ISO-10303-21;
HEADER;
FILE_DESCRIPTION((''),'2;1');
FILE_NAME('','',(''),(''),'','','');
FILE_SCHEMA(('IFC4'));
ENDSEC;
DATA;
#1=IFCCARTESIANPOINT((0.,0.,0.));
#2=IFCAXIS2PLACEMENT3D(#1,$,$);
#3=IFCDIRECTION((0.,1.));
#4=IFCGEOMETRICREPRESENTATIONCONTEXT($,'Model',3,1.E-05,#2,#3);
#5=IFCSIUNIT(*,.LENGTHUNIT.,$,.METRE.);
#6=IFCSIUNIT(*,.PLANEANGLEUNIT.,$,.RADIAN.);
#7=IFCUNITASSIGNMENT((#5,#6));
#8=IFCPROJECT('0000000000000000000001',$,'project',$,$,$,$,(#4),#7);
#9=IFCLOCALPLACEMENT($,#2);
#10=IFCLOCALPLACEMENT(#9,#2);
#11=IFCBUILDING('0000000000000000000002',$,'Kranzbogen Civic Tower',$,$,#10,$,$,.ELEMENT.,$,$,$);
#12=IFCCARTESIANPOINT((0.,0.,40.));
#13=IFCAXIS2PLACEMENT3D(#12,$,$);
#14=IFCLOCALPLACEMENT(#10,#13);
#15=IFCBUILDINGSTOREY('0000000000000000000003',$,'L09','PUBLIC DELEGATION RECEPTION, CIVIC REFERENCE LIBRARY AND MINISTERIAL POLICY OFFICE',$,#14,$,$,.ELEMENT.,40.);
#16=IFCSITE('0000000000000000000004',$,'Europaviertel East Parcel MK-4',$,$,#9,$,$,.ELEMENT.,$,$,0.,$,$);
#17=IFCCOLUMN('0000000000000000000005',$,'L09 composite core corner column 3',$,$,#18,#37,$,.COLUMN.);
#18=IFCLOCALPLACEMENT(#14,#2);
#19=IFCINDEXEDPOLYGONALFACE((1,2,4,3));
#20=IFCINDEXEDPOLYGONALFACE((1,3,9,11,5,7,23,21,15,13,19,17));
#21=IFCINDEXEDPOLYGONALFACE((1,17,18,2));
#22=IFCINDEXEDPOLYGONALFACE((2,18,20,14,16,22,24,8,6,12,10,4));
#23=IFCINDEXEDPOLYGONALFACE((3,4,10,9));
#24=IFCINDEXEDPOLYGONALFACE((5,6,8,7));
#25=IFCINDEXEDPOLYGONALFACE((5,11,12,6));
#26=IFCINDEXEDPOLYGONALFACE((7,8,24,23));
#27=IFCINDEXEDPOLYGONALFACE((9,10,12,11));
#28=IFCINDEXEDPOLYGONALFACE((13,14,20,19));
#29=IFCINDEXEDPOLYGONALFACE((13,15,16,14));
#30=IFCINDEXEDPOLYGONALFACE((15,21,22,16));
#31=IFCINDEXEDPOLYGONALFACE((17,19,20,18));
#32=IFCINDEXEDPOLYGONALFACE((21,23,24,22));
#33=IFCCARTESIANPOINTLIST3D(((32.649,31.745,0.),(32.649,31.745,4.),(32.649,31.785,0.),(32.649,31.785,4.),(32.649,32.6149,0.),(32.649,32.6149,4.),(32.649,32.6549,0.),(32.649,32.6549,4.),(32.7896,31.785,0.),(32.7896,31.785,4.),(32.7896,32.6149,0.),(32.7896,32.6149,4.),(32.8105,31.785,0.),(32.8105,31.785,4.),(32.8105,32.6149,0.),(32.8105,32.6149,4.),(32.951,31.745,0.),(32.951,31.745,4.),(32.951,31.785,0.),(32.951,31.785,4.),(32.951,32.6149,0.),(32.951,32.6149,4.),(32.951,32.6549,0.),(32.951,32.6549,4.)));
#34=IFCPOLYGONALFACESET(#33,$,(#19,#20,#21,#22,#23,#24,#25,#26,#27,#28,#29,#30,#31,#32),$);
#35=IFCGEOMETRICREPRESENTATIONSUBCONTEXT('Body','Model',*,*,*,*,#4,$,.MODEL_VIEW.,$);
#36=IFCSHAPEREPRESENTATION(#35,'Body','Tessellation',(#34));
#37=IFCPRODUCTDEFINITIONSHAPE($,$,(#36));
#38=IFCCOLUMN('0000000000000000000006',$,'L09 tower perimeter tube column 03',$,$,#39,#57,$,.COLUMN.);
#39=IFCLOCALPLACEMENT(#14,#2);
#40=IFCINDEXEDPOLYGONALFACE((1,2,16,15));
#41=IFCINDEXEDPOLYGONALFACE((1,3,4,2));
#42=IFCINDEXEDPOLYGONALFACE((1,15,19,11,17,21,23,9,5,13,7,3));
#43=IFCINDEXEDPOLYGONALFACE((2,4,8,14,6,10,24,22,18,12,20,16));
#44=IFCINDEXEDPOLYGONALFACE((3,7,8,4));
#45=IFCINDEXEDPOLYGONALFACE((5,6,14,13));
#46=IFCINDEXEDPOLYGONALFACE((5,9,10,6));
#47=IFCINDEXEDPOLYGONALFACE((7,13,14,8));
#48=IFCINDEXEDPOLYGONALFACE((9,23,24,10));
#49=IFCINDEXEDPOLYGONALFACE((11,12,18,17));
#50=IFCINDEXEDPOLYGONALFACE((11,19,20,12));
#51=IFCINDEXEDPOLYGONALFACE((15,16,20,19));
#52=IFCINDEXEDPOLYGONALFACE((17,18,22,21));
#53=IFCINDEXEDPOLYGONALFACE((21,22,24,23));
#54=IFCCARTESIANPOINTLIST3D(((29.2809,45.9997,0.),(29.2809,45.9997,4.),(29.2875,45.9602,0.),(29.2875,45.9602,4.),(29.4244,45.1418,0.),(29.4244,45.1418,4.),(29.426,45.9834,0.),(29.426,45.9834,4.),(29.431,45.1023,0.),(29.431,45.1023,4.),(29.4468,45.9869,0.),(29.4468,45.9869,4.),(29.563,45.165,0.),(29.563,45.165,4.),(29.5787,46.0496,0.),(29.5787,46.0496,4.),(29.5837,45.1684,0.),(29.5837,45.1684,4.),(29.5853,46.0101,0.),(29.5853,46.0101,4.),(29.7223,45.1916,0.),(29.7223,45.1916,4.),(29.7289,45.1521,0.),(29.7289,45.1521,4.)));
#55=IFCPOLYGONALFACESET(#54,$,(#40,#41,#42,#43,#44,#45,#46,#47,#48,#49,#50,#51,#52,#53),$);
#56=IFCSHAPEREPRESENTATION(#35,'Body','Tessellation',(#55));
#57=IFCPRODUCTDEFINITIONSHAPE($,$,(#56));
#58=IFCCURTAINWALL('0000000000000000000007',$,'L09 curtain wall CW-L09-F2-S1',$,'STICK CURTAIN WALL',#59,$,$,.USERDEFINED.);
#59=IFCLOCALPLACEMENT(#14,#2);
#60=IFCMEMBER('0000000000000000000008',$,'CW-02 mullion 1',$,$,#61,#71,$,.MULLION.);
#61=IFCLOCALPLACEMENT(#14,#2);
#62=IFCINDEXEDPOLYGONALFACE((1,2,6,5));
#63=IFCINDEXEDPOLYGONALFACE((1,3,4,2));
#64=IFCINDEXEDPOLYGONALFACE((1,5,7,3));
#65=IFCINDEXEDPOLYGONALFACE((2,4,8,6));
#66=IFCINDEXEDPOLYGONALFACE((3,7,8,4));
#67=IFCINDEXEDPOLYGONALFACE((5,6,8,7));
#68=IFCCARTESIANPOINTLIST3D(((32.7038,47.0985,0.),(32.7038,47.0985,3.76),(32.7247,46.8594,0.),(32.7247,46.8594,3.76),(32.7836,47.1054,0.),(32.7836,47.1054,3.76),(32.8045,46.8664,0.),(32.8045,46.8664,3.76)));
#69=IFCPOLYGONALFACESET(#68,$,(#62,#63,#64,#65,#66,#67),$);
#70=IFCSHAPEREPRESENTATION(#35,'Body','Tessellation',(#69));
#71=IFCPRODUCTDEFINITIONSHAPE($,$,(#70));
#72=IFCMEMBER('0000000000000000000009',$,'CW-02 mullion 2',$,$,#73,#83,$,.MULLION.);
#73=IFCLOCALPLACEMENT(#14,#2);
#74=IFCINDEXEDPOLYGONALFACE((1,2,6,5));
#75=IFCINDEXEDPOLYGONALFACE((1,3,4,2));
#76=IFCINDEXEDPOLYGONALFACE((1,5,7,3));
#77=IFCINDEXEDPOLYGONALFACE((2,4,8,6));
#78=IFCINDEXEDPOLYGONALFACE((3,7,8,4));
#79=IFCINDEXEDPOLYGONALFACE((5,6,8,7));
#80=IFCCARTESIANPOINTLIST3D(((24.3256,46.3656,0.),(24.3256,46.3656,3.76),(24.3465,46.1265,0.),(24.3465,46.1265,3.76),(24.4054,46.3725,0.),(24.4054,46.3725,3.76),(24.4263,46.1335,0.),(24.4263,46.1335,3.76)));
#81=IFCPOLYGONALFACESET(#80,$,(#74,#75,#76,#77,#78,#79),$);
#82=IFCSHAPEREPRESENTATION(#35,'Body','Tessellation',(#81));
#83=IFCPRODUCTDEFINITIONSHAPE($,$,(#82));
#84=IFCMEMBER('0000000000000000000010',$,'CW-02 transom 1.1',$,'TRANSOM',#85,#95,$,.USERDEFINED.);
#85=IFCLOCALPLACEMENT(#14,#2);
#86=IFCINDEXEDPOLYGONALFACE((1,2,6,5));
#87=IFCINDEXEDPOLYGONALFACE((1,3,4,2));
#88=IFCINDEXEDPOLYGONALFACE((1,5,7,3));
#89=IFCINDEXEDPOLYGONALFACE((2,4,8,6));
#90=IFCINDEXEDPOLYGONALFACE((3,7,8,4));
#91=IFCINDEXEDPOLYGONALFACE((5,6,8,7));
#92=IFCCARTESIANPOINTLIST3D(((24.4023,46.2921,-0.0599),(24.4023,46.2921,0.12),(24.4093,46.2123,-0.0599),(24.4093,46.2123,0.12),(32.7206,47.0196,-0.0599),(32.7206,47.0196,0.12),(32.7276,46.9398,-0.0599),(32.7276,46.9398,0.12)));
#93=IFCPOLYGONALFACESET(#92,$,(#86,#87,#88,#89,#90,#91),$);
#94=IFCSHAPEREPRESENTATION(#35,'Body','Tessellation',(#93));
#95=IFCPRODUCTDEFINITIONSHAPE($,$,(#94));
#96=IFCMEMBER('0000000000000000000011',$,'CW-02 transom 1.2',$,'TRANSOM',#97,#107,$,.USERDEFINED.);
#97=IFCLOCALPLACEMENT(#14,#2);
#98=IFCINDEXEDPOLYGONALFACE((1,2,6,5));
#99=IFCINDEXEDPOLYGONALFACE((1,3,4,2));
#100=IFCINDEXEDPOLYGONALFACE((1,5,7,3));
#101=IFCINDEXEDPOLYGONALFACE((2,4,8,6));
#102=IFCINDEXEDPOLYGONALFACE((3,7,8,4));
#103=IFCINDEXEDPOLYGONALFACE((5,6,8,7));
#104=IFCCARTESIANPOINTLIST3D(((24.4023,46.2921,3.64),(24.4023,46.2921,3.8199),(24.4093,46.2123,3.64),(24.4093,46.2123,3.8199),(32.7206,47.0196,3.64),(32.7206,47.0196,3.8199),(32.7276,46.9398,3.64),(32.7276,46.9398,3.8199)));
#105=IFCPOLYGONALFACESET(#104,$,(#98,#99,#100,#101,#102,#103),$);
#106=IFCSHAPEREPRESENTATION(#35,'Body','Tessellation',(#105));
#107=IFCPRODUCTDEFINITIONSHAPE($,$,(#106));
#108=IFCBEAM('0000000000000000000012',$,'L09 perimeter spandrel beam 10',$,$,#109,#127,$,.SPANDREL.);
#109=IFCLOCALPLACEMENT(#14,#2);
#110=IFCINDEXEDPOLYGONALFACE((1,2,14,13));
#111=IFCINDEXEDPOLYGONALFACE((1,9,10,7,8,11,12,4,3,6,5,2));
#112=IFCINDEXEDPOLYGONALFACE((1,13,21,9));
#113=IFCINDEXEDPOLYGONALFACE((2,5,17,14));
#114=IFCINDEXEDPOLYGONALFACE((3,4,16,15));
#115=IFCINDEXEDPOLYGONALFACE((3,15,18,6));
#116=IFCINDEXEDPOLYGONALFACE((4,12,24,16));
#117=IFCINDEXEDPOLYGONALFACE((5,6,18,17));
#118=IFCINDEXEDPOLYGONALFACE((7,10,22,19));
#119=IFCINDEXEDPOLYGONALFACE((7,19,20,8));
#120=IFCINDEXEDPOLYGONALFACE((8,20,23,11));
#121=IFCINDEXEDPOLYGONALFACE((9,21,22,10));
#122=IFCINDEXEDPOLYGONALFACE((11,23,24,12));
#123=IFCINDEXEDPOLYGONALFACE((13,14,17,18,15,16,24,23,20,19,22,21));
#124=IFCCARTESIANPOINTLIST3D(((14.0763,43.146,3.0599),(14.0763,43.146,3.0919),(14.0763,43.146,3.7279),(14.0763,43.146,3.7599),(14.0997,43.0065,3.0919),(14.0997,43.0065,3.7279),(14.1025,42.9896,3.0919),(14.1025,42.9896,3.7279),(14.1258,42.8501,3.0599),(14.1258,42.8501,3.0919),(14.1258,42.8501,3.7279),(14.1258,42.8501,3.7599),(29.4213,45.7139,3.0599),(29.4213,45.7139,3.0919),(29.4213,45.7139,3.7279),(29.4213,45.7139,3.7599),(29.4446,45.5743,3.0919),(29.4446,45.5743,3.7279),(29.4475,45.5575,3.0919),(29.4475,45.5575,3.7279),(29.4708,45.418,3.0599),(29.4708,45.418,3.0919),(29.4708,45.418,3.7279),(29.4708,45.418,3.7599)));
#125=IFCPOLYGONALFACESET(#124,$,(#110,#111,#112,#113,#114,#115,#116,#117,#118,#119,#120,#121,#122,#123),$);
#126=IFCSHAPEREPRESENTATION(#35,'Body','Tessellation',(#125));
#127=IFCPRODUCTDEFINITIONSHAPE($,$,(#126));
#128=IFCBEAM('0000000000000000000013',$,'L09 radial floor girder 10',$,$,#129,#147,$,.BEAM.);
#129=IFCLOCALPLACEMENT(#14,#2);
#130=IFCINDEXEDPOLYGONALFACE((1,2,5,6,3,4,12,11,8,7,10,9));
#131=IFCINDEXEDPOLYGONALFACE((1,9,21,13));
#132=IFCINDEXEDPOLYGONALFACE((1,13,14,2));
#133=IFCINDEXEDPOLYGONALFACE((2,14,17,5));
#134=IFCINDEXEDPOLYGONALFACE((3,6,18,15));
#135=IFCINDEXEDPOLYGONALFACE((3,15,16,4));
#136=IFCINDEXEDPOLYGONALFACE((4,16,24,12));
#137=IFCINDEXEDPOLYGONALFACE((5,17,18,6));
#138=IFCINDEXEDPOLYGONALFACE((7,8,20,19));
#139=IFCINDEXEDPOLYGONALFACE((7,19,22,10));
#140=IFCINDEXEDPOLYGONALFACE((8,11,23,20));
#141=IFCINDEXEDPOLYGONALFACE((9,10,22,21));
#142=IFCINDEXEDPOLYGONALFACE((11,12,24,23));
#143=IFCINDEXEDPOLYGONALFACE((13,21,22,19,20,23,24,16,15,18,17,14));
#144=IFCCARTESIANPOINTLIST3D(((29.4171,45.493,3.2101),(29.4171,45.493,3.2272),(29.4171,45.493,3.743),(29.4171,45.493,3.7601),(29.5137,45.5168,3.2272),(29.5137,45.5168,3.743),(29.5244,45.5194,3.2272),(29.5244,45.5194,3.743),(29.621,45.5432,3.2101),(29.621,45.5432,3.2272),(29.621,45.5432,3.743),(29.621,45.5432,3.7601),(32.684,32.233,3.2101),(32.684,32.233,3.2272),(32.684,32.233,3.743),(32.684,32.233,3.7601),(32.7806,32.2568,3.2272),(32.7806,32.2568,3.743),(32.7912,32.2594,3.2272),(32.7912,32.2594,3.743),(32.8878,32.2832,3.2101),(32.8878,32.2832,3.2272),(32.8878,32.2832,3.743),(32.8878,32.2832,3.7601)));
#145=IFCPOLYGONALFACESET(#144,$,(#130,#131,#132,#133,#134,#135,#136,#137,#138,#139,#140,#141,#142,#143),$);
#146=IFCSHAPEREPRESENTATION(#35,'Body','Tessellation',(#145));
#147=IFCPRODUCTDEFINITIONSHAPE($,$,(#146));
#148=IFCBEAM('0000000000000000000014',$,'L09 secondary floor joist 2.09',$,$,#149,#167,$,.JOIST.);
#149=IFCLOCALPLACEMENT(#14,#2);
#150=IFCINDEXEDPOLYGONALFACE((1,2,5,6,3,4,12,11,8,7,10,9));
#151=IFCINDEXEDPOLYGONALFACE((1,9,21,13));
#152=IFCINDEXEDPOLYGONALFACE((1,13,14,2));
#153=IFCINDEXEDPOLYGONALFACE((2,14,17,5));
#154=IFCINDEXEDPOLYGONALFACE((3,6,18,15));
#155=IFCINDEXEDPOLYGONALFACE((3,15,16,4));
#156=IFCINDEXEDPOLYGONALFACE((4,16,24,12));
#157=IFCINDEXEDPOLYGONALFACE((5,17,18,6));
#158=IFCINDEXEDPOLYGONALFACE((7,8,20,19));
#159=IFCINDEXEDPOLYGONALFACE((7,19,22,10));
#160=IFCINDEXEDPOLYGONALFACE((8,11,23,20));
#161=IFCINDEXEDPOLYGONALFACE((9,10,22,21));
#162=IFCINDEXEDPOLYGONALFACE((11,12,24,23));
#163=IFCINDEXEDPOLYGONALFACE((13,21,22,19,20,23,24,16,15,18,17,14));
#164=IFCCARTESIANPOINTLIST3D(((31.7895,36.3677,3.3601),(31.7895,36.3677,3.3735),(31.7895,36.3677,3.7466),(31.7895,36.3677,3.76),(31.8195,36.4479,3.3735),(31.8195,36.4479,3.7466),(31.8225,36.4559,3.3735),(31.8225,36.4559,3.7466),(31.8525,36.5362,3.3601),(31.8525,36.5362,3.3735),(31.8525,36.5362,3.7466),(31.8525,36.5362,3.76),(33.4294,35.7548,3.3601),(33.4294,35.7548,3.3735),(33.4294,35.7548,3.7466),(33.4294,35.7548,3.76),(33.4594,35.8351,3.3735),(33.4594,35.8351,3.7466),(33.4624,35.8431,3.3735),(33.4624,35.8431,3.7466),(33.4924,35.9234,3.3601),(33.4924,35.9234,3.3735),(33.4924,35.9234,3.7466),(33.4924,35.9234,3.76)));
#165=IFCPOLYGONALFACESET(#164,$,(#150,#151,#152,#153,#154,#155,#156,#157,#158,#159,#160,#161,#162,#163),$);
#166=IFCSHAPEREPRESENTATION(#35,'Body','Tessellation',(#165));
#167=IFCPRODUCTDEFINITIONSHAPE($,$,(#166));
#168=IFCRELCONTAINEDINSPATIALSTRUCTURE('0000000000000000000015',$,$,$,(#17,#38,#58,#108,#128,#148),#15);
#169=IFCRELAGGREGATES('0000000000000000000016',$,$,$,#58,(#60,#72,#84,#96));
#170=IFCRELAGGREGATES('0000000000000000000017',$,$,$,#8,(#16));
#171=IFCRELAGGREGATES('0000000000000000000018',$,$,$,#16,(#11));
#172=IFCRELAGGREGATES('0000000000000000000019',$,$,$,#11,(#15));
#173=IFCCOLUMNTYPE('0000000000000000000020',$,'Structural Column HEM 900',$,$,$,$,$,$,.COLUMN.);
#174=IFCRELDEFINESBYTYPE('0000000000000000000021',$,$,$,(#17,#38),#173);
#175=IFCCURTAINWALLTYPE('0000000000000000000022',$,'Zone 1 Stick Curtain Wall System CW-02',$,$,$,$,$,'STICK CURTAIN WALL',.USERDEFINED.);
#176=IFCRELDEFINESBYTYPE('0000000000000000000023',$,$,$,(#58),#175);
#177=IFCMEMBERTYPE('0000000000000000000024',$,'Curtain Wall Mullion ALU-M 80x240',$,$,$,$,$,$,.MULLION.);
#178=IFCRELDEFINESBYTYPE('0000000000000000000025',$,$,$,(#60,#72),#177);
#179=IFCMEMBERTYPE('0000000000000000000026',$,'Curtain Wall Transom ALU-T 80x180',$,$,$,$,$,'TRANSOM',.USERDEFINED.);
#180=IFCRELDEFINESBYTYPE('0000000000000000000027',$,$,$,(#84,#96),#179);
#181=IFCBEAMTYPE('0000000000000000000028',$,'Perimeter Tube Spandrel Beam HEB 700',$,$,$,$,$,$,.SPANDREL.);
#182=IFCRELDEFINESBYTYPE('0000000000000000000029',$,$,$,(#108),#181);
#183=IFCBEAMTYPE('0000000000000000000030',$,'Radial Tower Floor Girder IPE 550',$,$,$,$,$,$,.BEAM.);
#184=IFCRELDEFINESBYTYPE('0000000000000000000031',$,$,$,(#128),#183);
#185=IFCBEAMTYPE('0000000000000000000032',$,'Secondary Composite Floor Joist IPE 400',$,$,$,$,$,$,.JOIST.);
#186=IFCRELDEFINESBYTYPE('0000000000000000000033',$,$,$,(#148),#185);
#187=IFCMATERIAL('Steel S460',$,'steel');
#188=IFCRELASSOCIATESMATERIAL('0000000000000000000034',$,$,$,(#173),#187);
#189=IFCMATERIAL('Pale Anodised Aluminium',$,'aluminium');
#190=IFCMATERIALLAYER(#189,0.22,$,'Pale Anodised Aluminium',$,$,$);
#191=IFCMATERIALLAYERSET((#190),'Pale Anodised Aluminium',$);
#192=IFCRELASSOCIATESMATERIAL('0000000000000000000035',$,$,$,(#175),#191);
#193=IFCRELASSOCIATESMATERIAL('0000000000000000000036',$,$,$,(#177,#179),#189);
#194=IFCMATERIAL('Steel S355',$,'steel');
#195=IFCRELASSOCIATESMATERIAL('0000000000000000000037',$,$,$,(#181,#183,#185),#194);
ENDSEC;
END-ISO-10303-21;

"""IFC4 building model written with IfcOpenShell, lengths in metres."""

from ifc_helpers import new_model, si_unit, direction, frame, origin, origin_2d, place, context, subcontext, project, spatial, rectangle, i_section, extrude, material, layer, layer_set, material_profile, profile_set, type_object, element, aggregate, save


model = new_model("IFC4")

# Units and contexts
model_context = context("Model", 3, precision=1e-05, world=origin(), true_north=direction((0.0, 1.0)))
body_context = subcontext(model_context, "Body", "Model", "MODEL_VIEW")
ifc_project = project(units=[si_unit("LENGTHUNIT", "METRE"), si_unit("PLANEANGLEUNIT", "RADIAN")], contexts=[model_context])

# Site, building, storey
site_placement = place(None, origin())
site = spatial("IfcSite", under=ifc_project, at=site_placement, Name="Europaviertel East Parcel MK-4", CompositionType="ELEMENT", RefElevation=0.0)
building_placement = place(site_placement, origin())
building = spatial("IfcBuilding", under=site, at=building_placement, Name="Kranzbogen Civic Tower", CompositionType="ELEMENT")
storey_placement = place(building_placement, frame((0.0, 0.0, 40.0)))
storey = spatial("IfcBuildingStorey", under=building, at=storey_placement, Name="L09", Description="PUBLIC DELEGATION RECEPTION, CIVIC REFERENCE LIBRARY AND MINISTERIAL POLICY OFFICE", CompositionType="ELEMENT", Elevation=40.0)

# Columns
ifc_material_1 = material(Name="Steel S460", Category="steel")
ifc_material_profile_1 = material_profile(ifc_material_1, i_section(OverallWidth=0.302, OverallDepth=0.9099, WebThickness=0.021, FlangeThickness=0.04, at=origin_2d()), Name="HEM 900")
ifc_profile_set_1 = profile_set([ifc_material_profile_1], Name="Steel S460")
column_type = type_object("IfcColumnType", Name="Structural Column HEM 900", PredefinedType="COLUMN", material=ifc_profile_set_1)
for number, where, z_axis, x_axis, name in (
    (1, (32.8, 32.2, 0.0), (0.0, 0.0, 1.0), (1.0, 0.0, 0.0), "L09 composite core corner column 3"),
    (2, (29.5049, 45.5759, 0.0), (0.0, 0.0, 1.0), (0.986286, 0.165048, 0.0), "L09 tower perimeter tube column 03"),
):
    element("IfcColumn", number, at=place(storey_placement, frame(where, z_axis=z_axis, x_axis=x_axis)), inside=storey, type_object=column_type, Name=name, PredefinedType="COLUMN", context=body_context, shape_type="SweptSolid", body=[
        extrude(i_section(OverallWidth=0.302, OverallDepth=0.9099, WebThickness=0.021, FlangeThickness=0.04, at=origin_2d()), origin(), (0.0, 0.0, 1.0), 4.0),
    ])

# Curtain wall, members
ifc_material_2 = material(Name="Pale Anodised Aluminium", Category="aluminium")
ifc_layer_1 = layer(ifc_material_2, 0.22, Name="Pale Anodised Aluminium")
ifc_layer_set_1 = layer_set([ifc_layer_1], Name="Pale Anodised Aluminium")
curtain_wall_type = type_object("IfcCurtainWallType", Name="Zone 1 Stick Curtain Wall System CW-02", ElementType="STICK CURTAIN WALL", PredefinedType="USERDEFINED", material=ifc_layer_set_1)
curtain_wall_placement = place(storey_placement, origin())
curtain_wall = element("IfcCurtainWall", 3, at=curtain_wall_placement, inside=storey, type_object=curtain_wall_type, Name="L09 curtain wall CW-L09-F2-S1", ObjectType="STICK CURTAIN WALL", PredefinedType="USERDEFINED")
ifc_material_profile_2 = material_profile(ifc_material_2, rectangle(XDim=0.0801, YDim=0.24, at=origin_2d()), Name="ALU-M 80x240")
ifc_profile_set_2 = profile_set([ifc_material_profile_2], Name="Pale Anodised Aluminium")
member_type_1 = type_object("IfcMemberType", Name="Curtain Wall Mullion ALU-M 80x240", PredefinedType="MULLION", material=ifc_profile_set_2)
member_1_placement = place(storey_placement, frame((32.7542, 46.9824, 0.0), z_axis=(0.0, 0.0, 1.0), x_axis=(-0.996197, -0.087129, 0.0)))
member_1 = element("IfcMember", 4, at=member_1_placement, type_object=member_type_1, Name="CW-02 mullion 1", PredefinedType="MULLION", context=body_context, shape_type="SweptSolid", body=[
    extrude(rectangle(XDim=0.0801, YDim=0.24, at=origin_2d()), origin(), (0.0, 0.0, 1.0), 3.76),
])
member_2_placement = place(storey_placement, frame((24.376, 46.2495, 0.0), z_axis=(0.0, 0.0, 1.0), x_axis=(-0.996197, -0.087129, 0.0)))
member_2 = element("IfcMember", 5, at=member_2_placement, type_object=member_type_1, Name="CW-02 mullion 2", PredefinedType="MULLION", context=body_context, shape_type="SweptSolid", body=[
    extrude(rectangle(XDim=0.0801, YDim=0.24, at=origin_2d()), origin(), (0.0, 0.0, 1.0), 3.76),
])
ifc_material_profile_3 = material_profile(ifc_material_2, rectangle(XDim=0.0801, YDim=0.1799, at=origin_2d()), Name="ALU-T 80x180")
ifc_profile_set_3 = profile_set([ifc_material_profile_3], Name="Pale Anodised Aluminium")
member_type_2 = type_object("IfcMemberType", Name="Curtain Wall Transom ALU-T 80x180", ElementType="TRANSOM", PredefinedType="USERDEFINED", material=ifc_profile_set_3)
member_3_placement = place(storey_placement, frame((32.7241, 46.9797, 0.03), z_axis=(-0.996197, -0.087129, 0.0), x_axis=(0.087129, -0.996197, 0.0)))
member_3 = element("IfcMember", 6, at=member_3_placement, type_object=member_type_2, Name="CW-02 transom 1.1", ObjectType="TRANSOM", PredefinedType="USERDEFINED", context=body_context, shape_type="SweptSolid", body=[
    extrude(rectangle(XDim=0.0801, YDim=0.1799, at=origin_2d()), origin(), (0.0, 0.0, 1.0), 8.3501),
])
member_4_placement = place(storey_placement, frame((32.7241, 46.9797, 3.73), z_axis=(-0.996197, -0.087129, 0.0), x_axis=(0.087129, -0.996197, 0.0)))
member_4 = element("IfcMember", 7, at=member_4_placement, type_object=member_type_2, Name="CW-02 transom 1.2", ObjectType="TRANSOM", PredefinedType="USERDEFINED", context=body_context, shape_type="SweptSolid", body=[
    extrude(rectangle(XDim=0.0801, YDim=0.1799, at=origin_2d()), origin(), (0.0, 0.0, 1.0), 8.3501),
])

# Beams
ifc_material_3 = material(Name="Steel S355", Category="steel")
ifc_material_profile_4 = material_profile(ifc_material_3, i_section(OverallWidth=0.3, OverallDepth=0.7, WebThickness=0.0171, FlangeThickness=0.032, at=origin_2d()), Name="HEB 700")
ifc_profile_set_4 = profile_set([ifc_material_profile_4], Name="Steel S355")
beam_type_1 = type_object("IfcBeamType", Name="Perimeter Tube Spandrel Beam HEB 700", PredefinedType="SPANDREL", material=ifc_profile_set_4)
beam_1_placement = place(storey_placement, frame((29.446, 45.5659, 3.4099), z_axis=(-0.986286, -0.165048, 0.0), x_axis=(0.165048, -0.986286, 0.0)))
element("IfcBeam", 8, at=beam_1_placement, inside=storey, type_object=beam_type_1, Name="L09 perimeter spandrel beam 10", PredefinedType="SPANDREL", context=body_context, shape_type="SweptSolid", body=[
    extrude(i_section(OverallWidth=0.3, OverallDepth=0.7, WebThickness=0.0171, FlangeThickness=0.032, at=origin_2d()), origin(), (0.0, 0.0, 1.0), 15.5583),
])
ifc_material_profile_5 = material_profile(ifc_material_3, i_section(OverallWidth=0.21, OverallDepth=0.55, WebThickness=0.011, FlangeThickness=0.0171, at=origin_2d()), Name="IPE 550")
ifc_profile_set_5 = profile_set([ifc_material_profile_5], Name="Steel S355")
beam_type_2 = type_object("IfcBeamType", Name="Radial Tower Floor Girder IPE 550", PredefinedType="BEAM", material=ifc_profile_set_5)
beam_2_placement = place(storey_placement, frame((29.519, 45.5181, 3.4851), z_axis=(0.239215, -0.970967, 0.0), x_axis=(0.970967, 0.239215, 0.0)))
element("IfcBeam", 9, at=beam_2_placement, inside=storey, type_object=beam_type_2, Name="L09 radial floor girder 10", PredefinedType="BEAM", context=body_context, shape_type="SweptSolid", body=[
    extrude(i_section(OverallWidth=0.21, OverallDepth=0.55, WebThickness=0.011, FlangeThickness=0.0171, at=origin_2d()), origin(), (0.0, 0.0, 1.0), 13.6565),
])
ifc_material_profile_6 = material_profile(ifc_material_3, i_section(OverallWidth=0.1799, OverallDepth=0.3999, WebThickness=0.0085, FlangeThickness=0.0134, at=origin_2d()), Name="IPE 400")
ifc_profile_set_6 = profile_set([ifc_material_profile_6], Name="Steel S355")
beam_type_3 = type_object("IfcBeamType", Name="Secondary Composite Floor Joist IPE 400", PredefinedType="JOIST", material=ifc_profile_set_6)
beam_3_placement = place(storey_placement, frame((33.4609, 35.8391, 3.5601), z_axis=(-0.936735, 0.350038, 0.0), x_axis=(-0.350038, -0.936735, 0.0)))
element("IfcBeam", 10, at=beam_3_placement, inside=storey, type_object=beam_type_3, Name="L09 secondary floor joist 2.09", PredefinedType="JOIST", context=body_context, shape_type="SweptSolid", body=[
    extrude(i_section(OverallWidth=0.1799, OverallDepth=0.3999, WebThickness=0.0085, FlangeThickness=0.0134, at=origin_2d()), origin(), (0.0, 0.0, 1.0), 1.7507),
])

aggregate(curtain_wall, [member_1, member_2, member_3, member_4])

save(model, "model.ifc")
